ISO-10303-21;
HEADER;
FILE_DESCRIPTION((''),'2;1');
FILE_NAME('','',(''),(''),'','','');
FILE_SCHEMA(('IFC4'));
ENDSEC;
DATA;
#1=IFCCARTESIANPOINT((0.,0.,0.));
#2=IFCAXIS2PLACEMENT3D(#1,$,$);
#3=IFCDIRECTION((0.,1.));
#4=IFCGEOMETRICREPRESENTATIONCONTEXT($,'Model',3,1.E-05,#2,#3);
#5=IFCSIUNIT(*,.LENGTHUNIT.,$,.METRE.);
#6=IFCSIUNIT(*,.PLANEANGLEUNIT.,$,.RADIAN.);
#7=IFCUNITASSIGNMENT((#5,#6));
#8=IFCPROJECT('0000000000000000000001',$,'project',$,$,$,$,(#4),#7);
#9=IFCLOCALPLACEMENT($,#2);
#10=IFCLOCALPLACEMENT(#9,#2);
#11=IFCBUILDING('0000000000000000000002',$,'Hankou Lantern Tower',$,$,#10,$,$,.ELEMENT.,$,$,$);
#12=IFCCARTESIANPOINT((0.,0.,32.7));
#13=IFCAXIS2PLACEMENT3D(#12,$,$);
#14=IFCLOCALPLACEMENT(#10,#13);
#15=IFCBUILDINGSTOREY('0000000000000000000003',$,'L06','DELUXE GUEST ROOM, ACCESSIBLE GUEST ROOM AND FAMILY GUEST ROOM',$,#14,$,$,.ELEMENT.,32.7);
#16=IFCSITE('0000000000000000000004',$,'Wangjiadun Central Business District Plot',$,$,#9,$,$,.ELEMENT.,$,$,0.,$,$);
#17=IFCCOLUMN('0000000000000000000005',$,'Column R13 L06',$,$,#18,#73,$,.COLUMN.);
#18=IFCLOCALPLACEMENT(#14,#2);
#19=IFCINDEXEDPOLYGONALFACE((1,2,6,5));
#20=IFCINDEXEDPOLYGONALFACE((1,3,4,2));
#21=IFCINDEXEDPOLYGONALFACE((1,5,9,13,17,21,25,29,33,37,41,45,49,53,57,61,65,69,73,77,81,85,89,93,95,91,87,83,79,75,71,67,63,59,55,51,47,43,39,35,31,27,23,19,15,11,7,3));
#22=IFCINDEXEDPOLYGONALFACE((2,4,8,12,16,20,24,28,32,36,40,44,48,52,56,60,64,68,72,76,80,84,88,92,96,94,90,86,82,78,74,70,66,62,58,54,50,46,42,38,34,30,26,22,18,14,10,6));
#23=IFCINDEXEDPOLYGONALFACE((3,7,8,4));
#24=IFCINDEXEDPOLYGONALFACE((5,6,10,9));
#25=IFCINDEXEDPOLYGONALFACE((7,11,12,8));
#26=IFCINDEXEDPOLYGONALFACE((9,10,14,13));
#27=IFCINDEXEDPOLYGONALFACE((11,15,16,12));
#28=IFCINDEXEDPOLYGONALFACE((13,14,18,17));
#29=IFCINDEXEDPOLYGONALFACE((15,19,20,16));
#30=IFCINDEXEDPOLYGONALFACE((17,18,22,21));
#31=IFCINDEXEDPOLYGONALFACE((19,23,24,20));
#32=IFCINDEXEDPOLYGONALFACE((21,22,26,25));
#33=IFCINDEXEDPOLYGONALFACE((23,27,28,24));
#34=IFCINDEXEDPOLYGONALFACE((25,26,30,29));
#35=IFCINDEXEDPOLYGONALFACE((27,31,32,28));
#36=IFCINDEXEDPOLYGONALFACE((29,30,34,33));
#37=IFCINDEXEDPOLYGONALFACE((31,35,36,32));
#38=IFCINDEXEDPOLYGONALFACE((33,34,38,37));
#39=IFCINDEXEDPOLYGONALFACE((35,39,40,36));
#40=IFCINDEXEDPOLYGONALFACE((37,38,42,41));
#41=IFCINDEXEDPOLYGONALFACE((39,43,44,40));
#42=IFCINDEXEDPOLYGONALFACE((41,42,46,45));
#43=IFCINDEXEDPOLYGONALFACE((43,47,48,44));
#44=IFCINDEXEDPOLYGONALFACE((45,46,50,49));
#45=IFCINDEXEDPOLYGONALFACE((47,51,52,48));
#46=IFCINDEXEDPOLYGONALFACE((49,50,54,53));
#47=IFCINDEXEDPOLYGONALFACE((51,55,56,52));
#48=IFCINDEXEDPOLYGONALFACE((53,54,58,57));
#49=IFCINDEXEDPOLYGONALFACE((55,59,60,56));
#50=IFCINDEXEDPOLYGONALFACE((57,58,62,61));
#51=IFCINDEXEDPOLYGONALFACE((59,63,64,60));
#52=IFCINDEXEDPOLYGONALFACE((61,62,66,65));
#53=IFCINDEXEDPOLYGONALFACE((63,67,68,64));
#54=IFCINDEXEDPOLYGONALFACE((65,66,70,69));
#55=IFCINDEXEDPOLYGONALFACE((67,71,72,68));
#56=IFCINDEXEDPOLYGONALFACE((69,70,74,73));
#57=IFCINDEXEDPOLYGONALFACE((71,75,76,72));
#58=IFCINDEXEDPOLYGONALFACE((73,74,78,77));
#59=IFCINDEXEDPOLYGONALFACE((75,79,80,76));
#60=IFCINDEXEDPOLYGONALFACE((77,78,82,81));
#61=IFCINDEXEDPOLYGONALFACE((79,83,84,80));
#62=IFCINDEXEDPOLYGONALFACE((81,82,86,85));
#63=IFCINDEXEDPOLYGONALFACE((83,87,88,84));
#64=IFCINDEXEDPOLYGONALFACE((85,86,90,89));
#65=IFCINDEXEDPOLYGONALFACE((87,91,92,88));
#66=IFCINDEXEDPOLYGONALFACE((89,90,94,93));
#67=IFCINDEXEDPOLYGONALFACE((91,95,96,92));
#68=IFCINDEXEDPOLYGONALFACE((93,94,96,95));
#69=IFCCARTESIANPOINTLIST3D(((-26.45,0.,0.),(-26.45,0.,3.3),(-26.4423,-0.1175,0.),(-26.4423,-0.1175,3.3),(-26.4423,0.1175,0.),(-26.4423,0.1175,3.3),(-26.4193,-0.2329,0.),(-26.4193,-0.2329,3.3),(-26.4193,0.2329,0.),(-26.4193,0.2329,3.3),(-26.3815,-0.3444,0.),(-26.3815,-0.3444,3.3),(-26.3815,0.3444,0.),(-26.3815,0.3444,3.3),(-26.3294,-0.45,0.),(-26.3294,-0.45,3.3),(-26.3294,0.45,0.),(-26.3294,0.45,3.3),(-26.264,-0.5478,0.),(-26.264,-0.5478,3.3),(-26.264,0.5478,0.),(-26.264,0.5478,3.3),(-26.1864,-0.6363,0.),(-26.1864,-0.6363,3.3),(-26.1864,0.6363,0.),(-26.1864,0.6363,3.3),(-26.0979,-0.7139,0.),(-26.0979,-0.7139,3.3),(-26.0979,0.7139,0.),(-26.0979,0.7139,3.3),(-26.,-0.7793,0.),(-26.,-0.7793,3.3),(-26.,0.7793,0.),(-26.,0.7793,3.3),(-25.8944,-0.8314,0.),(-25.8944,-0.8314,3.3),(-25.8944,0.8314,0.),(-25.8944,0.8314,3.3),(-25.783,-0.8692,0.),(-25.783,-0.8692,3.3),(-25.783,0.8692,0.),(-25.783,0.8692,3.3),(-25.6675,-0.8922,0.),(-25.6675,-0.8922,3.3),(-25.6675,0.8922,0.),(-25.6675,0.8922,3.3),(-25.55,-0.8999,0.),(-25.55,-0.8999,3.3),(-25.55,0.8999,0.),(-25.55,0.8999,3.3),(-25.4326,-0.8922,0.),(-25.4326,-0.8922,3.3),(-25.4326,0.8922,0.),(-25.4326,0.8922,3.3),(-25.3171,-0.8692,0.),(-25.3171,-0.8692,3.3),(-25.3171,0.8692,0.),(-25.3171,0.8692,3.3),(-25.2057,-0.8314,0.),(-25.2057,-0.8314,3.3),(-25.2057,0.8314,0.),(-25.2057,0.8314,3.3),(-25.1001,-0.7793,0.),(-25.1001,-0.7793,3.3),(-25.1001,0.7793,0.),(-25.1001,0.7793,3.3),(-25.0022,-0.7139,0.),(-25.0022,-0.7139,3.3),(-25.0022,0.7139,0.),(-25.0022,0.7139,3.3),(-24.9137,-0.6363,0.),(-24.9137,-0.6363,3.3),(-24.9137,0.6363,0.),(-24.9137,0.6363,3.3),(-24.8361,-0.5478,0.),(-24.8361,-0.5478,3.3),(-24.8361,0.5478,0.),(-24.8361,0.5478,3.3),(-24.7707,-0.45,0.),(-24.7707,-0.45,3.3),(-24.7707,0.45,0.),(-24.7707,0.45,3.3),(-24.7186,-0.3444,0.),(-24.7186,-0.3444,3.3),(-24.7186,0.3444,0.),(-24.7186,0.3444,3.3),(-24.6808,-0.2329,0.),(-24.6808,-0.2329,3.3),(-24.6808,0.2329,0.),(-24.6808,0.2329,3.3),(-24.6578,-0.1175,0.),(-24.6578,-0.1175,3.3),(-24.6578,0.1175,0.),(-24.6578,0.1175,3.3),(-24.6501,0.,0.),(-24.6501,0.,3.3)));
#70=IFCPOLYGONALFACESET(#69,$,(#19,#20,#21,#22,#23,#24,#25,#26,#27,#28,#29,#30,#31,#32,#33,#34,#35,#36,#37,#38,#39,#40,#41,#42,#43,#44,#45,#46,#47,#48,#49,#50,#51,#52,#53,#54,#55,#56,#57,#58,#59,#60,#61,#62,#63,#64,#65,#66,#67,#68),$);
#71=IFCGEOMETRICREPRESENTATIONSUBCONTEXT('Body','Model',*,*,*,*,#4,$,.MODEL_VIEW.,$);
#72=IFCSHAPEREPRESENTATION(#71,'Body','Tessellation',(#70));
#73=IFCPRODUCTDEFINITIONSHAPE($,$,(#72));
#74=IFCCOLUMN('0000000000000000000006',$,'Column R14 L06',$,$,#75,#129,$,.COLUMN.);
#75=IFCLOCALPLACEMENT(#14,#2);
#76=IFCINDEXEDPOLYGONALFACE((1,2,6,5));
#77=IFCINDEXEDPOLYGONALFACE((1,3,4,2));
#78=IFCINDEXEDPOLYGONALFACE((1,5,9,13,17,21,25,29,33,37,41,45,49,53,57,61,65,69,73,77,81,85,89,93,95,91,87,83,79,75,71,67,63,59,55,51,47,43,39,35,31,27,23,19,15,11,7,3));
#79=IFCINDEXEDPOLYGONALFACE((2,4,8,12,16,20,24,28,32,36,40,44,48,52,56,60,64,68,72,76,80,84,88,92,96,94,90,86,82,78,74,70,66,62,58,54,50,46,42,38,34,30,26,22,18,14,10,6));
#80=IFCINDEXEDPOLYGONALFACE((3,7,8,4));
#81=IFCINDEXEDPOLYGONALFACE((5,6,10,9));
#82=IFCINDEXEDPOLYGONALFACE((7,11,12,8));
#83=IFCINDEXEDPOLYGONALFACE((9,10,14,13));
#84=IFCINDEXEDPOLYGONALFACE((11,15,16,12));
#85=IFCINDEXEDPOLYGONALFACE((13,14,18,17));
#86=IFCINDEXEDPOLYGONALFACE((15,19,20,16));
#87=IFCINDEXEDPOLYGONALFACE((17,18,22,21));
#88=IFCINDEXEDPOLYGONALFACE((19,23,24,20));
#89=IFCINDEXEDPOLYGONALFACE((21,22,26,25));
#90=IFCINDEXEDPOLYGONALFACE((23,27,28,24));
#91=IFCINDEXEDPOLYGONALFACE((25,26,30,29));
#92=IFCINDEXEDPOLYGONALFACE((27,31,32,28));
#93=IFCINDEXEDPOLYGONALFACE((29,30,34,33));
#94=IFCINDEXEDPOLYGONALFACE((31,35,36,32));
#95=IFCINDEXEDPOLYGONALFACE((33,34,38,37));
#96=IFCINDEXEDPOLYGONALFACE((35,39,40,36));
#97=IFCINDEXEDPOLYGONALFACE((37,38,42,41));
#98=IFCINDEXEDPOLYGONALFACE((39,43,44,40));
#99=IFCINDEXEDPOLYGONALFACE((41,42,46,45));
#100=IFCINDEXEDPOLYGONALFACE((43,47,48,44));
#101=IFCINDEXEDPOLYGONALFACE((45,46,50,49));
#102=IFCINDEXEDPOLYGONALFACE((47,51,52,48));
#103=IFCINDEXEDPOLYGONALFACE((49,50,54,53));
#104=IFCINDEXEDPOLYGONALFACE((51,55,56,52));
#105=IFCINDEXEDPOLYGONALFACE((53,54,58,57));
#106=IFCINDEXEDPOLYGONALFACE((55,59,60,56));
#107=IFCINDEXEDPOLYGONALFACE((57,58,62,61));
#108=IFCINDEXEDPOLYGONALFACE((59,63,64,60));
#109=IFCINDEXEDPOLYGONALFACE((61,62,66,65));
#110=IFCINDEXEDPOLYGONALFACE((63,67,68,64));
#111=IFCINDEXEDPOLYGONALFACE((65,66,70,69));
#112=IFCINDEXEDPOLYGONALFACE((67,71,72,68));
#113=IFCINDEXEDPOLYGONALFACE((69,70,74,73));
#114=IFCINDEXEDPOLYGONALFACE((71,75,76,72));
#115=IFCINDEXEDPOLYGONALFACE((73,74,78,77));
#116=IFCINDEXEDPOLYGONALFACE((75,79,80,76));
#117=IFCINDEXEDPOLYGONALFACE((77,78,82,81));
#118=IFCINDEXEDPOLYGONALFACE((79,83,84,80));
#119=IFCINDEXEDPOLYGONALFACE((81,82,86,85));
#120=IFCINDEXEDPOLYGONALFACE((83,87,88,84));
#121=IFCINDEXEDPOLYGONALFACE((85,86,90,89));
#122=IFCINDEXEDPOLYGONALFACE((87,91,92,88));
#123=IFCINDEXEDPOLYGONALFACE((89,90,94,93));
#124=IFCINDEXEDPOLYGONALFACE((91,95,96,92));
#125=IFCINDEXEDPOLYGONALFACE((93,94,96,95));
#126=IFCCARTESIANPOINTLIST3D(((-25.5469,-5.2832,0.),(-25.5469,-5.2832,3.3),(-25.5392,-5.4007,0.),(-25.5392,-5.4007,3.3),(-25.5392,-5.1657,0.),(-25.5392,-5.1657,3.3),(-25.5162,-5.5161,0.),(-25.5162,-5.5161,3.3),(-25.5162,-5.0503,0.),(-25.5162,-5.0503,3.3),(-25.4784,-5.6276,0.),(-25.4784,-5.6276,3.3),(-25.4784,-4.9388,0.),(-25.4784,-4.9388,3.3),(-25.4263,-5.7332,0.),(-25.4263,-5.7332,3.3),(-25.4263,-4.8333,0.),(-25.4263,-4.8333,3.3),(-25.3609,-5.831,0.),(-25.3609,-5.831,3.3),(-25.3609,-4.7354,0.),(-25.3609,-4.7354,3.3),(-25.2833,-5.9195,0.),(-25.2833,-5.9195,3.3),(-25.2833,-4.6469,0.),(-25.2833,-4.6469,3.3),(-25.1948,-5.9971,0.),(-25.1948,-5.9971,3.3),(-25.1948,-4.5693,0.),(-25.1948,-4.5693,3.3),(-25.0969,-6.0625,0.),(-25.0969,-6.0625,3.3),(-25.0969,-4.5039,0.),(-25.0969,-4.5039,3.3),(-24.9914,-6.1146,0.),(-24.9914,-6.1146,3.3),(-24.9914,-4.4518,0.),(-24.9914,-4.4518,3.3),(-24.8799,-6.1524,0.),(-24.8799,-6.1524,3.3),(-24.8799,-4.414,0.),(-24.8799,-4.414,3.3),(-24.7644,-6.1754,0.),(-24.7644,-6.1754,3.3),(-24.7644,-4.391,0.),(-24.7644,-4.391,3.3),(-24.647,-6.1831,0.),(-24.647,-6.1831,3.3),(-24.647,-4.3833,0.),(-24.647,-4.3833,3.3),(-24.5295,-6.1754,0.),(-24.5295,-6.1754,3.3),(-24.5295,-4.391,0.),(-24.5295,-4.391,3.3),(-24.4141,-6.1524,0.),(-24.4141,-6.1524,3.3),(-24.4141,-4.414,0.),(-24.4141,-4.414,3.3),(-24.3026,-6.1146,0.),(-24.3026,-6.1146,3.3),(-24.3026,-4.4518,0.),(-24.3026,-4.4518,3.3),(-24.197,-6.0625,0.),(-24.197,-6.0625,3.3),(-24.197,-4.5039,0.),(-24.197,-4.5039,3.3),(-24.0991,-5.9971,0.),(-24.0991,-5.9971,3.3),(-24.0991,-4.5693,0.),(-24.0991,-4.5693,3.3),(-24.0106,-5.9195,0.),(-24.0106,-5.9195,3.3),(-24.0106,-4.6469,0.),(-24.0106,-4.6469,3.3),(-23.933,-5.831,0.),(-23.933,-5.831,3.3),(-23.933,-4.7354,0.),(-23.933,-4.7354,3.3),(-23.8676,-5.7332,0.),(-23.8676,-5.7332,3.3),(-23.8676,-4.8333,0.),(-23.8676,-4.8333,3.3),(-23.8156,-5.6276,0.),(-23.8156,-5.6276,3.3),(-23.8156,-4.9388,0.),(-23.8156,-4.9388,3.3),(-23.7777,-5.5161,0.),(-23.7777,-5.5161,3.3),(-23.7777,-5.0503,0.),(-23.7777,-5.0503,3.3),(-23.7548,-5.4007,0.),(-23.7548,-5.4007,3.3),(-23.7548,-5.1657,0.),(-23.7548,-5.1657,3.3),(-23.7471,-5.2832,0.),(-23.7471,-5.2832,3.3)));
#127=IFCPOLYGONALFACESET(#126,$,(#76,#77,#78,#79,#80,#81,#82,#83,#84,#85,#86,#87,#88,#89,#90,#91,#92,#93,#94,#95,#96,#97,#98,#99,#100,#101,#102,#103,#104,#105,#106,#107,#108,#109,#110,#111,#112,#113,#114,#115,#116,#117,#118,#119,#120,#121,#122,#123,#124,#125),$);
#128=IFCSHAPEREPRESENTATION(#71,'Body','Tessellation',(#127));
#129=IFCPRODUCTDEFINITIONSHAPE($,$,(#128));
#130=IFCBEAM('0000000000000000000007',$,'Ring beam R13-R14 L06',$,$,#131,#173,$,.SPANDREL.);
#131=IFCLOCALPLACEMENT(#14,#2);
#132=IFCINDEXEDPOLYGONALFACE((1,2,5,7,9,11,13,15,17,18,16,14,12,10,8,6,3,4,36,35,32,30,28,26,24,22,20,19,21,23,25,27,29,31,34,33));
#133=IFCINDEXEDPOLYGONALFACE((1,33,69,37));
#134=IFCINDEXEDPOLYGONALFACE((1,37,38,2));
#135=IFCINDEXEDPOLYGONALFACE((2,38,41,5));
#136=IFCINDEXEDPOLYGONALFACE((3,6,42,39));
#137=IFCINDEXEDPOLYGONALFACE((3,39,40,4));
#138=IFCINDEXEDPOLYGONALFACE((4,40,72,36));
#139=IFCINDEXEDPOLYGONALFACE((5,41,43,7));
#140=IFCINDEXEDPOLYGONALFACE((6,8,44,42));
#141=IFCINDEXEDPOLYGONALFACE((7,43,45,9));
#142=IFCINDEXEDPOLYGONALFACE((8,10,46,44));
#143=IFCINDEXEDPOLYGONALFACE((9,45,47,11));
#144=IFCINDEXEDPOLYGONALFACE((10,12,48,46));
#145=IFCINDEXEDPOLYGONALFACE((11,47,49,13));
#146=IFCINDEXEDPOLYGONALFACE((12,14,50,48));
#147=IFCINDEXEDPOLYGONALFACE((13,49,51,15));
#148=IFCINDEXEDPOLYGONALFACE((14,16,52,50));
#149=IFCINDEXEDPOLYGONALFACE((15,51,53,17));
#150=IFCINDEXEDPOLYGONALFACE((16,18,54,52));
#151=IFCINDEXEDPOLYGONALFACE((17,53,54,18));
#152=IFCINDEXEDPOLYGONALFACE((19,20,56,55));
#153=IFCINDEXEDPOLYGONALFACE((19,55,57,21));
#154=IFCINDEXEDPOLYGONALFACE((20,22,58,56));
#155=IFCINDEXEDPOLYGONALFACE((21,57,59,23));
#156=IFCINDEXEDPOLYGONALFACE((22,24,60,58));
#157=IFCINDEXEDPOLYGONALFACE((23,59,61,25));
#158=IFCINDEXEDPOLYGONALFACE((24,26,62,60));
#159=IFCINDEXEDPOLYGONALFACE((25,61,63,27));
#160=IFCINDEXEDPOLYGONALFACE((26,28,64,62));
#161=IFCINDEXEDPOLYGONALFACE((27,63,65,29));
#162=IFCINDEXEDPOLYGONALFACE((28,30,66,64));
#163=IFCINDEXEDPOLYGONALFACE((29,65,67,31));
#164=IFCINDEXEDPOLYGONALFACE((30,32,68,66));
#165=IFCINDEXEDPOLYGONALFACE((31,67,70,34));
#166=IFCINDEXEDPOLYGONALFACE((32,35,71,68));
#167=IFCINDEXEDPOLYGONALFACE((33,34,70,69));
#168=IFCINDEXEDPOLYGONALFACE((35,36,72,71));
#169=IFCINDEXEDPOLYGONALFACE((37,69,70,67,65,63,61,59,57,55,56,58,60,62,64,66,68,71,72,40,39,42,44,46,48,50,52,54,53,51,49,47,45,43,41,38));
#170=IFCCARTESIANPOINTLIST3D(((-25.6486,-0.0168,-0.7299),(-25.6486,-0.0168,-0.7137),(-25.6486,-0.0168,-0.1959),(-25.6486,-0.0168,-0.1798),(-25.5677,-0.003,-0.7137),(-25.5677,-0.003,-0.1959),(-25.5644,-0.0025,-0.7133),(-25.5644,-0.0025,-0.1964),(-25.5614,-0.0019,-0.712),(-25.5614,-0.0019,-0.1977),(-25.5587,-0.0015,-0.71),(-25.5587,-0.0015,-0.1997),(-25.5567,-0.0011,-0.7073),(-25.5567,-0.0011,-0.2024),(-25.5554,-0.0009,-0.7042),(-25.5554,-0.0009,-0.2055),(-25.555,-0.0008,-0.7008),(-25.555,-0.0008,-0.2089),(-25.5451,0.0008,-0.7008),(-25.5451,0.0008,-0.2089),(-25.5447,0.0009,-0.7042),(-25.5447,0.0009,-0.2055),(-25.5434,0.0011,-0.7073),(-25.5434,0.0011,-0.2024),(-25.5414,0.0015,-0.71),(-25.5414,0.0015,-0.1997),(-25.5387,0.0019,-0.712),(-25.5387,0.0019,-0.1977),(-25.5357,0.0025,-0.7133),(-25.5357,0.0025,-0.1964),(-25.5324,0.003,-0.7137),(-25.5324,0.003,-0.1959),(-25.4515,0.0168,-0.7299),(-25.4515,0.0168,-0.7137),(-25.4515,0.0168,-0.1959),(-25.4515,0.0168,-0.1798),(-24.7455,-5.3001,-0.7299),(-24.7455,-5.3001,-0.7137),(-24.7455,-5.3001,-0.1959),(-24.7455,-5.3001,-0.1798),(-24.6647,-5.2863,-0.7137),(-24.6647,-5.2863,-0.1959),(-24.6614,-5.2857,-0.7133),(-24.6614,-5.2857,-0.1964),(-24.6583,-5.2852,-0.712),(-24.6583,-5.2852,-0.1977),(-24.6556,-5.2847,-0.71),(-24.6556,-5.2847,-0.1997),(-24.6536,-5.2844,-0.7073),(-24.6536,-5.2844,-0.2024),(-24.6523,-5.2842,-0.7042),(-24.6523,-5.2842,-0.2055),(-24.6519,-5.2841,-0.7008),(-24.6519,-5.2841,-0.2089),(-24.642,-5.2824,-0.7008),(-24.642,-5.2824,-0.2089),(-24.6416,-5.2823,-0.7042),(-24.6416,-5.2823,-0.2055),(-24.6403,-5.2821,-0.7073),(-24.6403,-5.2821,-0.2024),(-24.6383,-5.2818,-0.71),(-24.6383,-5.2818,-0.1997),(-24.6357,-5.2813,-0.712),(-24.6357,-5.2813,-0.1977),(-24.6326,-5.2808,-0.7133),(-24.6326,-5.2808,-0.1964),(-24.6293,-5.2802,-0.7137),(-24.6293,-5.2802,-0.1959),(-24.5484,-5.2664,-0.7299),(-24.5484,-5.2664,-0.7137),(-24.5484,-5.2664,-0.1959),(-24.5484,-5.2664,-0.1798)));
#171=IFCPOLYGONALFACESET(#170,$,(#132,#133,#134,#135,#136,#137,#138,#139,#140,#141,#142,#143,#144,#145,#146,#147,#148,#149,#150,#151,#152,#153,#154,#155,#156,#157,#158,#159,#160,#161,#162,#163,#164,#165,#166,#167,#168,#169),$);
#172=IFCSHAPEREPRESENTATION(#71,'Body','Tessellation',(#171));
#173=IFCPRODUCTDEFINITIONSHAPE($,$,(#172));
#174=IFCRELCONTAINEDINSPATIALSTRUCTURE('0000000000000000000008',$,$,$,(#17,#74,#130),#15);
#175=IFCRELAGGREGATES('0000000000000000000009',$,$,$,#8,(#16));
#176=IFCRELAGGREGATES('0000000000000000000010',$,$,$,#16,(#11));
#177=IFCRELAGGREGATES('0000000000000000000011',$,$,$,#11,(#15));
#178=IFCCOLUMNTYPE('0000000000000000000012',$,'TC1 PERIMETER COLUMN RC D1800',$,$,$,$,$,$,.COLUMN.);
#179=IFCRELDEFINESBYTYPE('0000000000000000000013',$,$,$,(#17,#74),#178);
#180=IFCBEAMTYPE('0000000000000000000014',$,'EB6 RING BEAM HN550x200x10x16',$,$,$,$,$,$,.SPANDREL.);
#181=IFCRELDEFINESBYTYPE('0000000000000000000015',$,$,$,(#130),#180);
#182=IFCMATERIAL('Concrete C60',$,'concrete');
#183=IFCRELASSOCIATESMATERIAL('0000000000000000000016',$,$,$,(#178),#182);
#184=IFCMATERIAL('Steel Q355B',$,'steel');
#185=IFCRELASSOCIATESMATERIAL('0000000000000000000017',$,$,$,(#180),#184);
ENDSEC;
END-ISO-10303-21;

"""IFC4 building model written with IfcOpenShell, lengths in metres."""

from ifc_helpers import new_model, si_unit, direction, frame, origin, origin_2d, place, context, subcontext, project, spatial, circle, i_section, extrude, material, material_profile, profile_set, type_object, element, save


model = new_model("IFC4")

# Units and contexts
model_context = context("Model", 3, precision=1e-05, world=origin(), true_north=direction((0.0, 1.0)))
body_context = subcontext(model_context, "Body", "Model", "MODEL_VIEW")
ifc_project = project(units=[si_unit("LENGTHUNIT", "METRE"), si_unit("PLANEANGLEUNIT", "RADIAN")], contexts=[model_context])

# Site, building, storey
site_placement = place(None, origin())
site = spatial("IfcSite", under=ifc_project, at=site_placement, Name="Wangjiadun Central Business District Plot", CompositionType="ELEMENT", RefElevation=0.0)
building_placement = place(site_placement, origin())
building = spatial("IfcBuilding", under=site, at=building_placement, Name="Hankou Lantern Tower", CompositionType="ELEMENT")
storey_placement = place(building_placement, frame((0.0, 0.0, 32.7)))
storey = spatial("IfcBuildingStorey", under=building, at=storey_placement, Name="L06", Description="DELUXE GUEST ROOM, ACCESSIBLE GUEST ROOM AND FAMILY GUEST ROOM", CompositionType="ELEMENT", Elevation=32.7)

# Columns
ifc_material_1 = material(Name="Concrete C60", Category="concrete")
ifc_material_profile_1 = material_profile(ifc_material_1, circle(Radius=0.8999, at=origin_2d()), Name="RC D1800")
ifc_profile_set_1 = profile_set([ifc_material_profile_1], Name="Concrete C60")
column_type = type_object("IfcColumnType", Name="TC1 PERIMETER COLUMN RC D1800", PredefinedType="COLUMN", material=ifc_profile_set_1)
for number, where, z_axis, x_axis, name in (
    (1, (-25.55, 0.0, 0.0), (0.0, 0.0, 1.0), (1.0, 0.0, 0.0), "Column R13 L06"),
    (2, (-24.647, -5.2832, 0.0), (0.0, 0.0, 1.0), (1.0, 0.0, 0.0), "Column R14 L06"),
):
    element("IfcColumn", number, at=place(storey_placement, frame(where, z_axis=z_axis, x_axis=x_axis)), inside=storey, type_object=column_type, Name=name, PredefinedType="COLUMN", context=body_context, shape_type="SweptSolid", body=[
        extrude(circle(Radius=0.8999, at=origin_2d()), origin(), (0.0, 0.0, 1.0), 3.3),
    ])

# Beam
ifc_material_2 = material(Name="Steel Q355B", Category="steel")
ifc_material_profile_2 = material_profile(ifc_material_2, i_section(OverallWidth=0.2, OverallDepth=0.55, WebThickness=0.01, FlangeThickness=0.0161, FilletRadius=0.0129, at=origin_2d()), Name="HN550x200x10x16")
ifc_profile_set_2 = profile_set([ifc_material_profile_2], Name="Steel Q355B")
beam_type_1 = type_object("IfcBeamType", Name="EB6 RING BEAM HN550x200x10x16", PredefinedType="SPANDREL", material=ifc_profile_set_2)
beam_1_placement = place(storey_placement, frame((-25.55, 0.0, -0.4548), z_axis=(0.16849, -0.985703, 0.0), x_axis=(0.985703, 0.16849, 0.0)))
element("IfcBeam", 3, at=beam_1_placement, inside=storey, type_object=beam_type_1, Name="Ring beam R13-R14 L06", PredefinedType="SPANDREL", context=body_context, shape_type="SweptSolid", body=[
    extrude(i_section(OverallWidth=0.2, OverallDepth=0.55, WebThickness=0.01, FlangeThickness=0.0161, FilletRadius=0.0129, at=origin_2d()), origin(), (0.0, 0.0, 1.0), 5.3599),
])

save(model, "model.ifc")
